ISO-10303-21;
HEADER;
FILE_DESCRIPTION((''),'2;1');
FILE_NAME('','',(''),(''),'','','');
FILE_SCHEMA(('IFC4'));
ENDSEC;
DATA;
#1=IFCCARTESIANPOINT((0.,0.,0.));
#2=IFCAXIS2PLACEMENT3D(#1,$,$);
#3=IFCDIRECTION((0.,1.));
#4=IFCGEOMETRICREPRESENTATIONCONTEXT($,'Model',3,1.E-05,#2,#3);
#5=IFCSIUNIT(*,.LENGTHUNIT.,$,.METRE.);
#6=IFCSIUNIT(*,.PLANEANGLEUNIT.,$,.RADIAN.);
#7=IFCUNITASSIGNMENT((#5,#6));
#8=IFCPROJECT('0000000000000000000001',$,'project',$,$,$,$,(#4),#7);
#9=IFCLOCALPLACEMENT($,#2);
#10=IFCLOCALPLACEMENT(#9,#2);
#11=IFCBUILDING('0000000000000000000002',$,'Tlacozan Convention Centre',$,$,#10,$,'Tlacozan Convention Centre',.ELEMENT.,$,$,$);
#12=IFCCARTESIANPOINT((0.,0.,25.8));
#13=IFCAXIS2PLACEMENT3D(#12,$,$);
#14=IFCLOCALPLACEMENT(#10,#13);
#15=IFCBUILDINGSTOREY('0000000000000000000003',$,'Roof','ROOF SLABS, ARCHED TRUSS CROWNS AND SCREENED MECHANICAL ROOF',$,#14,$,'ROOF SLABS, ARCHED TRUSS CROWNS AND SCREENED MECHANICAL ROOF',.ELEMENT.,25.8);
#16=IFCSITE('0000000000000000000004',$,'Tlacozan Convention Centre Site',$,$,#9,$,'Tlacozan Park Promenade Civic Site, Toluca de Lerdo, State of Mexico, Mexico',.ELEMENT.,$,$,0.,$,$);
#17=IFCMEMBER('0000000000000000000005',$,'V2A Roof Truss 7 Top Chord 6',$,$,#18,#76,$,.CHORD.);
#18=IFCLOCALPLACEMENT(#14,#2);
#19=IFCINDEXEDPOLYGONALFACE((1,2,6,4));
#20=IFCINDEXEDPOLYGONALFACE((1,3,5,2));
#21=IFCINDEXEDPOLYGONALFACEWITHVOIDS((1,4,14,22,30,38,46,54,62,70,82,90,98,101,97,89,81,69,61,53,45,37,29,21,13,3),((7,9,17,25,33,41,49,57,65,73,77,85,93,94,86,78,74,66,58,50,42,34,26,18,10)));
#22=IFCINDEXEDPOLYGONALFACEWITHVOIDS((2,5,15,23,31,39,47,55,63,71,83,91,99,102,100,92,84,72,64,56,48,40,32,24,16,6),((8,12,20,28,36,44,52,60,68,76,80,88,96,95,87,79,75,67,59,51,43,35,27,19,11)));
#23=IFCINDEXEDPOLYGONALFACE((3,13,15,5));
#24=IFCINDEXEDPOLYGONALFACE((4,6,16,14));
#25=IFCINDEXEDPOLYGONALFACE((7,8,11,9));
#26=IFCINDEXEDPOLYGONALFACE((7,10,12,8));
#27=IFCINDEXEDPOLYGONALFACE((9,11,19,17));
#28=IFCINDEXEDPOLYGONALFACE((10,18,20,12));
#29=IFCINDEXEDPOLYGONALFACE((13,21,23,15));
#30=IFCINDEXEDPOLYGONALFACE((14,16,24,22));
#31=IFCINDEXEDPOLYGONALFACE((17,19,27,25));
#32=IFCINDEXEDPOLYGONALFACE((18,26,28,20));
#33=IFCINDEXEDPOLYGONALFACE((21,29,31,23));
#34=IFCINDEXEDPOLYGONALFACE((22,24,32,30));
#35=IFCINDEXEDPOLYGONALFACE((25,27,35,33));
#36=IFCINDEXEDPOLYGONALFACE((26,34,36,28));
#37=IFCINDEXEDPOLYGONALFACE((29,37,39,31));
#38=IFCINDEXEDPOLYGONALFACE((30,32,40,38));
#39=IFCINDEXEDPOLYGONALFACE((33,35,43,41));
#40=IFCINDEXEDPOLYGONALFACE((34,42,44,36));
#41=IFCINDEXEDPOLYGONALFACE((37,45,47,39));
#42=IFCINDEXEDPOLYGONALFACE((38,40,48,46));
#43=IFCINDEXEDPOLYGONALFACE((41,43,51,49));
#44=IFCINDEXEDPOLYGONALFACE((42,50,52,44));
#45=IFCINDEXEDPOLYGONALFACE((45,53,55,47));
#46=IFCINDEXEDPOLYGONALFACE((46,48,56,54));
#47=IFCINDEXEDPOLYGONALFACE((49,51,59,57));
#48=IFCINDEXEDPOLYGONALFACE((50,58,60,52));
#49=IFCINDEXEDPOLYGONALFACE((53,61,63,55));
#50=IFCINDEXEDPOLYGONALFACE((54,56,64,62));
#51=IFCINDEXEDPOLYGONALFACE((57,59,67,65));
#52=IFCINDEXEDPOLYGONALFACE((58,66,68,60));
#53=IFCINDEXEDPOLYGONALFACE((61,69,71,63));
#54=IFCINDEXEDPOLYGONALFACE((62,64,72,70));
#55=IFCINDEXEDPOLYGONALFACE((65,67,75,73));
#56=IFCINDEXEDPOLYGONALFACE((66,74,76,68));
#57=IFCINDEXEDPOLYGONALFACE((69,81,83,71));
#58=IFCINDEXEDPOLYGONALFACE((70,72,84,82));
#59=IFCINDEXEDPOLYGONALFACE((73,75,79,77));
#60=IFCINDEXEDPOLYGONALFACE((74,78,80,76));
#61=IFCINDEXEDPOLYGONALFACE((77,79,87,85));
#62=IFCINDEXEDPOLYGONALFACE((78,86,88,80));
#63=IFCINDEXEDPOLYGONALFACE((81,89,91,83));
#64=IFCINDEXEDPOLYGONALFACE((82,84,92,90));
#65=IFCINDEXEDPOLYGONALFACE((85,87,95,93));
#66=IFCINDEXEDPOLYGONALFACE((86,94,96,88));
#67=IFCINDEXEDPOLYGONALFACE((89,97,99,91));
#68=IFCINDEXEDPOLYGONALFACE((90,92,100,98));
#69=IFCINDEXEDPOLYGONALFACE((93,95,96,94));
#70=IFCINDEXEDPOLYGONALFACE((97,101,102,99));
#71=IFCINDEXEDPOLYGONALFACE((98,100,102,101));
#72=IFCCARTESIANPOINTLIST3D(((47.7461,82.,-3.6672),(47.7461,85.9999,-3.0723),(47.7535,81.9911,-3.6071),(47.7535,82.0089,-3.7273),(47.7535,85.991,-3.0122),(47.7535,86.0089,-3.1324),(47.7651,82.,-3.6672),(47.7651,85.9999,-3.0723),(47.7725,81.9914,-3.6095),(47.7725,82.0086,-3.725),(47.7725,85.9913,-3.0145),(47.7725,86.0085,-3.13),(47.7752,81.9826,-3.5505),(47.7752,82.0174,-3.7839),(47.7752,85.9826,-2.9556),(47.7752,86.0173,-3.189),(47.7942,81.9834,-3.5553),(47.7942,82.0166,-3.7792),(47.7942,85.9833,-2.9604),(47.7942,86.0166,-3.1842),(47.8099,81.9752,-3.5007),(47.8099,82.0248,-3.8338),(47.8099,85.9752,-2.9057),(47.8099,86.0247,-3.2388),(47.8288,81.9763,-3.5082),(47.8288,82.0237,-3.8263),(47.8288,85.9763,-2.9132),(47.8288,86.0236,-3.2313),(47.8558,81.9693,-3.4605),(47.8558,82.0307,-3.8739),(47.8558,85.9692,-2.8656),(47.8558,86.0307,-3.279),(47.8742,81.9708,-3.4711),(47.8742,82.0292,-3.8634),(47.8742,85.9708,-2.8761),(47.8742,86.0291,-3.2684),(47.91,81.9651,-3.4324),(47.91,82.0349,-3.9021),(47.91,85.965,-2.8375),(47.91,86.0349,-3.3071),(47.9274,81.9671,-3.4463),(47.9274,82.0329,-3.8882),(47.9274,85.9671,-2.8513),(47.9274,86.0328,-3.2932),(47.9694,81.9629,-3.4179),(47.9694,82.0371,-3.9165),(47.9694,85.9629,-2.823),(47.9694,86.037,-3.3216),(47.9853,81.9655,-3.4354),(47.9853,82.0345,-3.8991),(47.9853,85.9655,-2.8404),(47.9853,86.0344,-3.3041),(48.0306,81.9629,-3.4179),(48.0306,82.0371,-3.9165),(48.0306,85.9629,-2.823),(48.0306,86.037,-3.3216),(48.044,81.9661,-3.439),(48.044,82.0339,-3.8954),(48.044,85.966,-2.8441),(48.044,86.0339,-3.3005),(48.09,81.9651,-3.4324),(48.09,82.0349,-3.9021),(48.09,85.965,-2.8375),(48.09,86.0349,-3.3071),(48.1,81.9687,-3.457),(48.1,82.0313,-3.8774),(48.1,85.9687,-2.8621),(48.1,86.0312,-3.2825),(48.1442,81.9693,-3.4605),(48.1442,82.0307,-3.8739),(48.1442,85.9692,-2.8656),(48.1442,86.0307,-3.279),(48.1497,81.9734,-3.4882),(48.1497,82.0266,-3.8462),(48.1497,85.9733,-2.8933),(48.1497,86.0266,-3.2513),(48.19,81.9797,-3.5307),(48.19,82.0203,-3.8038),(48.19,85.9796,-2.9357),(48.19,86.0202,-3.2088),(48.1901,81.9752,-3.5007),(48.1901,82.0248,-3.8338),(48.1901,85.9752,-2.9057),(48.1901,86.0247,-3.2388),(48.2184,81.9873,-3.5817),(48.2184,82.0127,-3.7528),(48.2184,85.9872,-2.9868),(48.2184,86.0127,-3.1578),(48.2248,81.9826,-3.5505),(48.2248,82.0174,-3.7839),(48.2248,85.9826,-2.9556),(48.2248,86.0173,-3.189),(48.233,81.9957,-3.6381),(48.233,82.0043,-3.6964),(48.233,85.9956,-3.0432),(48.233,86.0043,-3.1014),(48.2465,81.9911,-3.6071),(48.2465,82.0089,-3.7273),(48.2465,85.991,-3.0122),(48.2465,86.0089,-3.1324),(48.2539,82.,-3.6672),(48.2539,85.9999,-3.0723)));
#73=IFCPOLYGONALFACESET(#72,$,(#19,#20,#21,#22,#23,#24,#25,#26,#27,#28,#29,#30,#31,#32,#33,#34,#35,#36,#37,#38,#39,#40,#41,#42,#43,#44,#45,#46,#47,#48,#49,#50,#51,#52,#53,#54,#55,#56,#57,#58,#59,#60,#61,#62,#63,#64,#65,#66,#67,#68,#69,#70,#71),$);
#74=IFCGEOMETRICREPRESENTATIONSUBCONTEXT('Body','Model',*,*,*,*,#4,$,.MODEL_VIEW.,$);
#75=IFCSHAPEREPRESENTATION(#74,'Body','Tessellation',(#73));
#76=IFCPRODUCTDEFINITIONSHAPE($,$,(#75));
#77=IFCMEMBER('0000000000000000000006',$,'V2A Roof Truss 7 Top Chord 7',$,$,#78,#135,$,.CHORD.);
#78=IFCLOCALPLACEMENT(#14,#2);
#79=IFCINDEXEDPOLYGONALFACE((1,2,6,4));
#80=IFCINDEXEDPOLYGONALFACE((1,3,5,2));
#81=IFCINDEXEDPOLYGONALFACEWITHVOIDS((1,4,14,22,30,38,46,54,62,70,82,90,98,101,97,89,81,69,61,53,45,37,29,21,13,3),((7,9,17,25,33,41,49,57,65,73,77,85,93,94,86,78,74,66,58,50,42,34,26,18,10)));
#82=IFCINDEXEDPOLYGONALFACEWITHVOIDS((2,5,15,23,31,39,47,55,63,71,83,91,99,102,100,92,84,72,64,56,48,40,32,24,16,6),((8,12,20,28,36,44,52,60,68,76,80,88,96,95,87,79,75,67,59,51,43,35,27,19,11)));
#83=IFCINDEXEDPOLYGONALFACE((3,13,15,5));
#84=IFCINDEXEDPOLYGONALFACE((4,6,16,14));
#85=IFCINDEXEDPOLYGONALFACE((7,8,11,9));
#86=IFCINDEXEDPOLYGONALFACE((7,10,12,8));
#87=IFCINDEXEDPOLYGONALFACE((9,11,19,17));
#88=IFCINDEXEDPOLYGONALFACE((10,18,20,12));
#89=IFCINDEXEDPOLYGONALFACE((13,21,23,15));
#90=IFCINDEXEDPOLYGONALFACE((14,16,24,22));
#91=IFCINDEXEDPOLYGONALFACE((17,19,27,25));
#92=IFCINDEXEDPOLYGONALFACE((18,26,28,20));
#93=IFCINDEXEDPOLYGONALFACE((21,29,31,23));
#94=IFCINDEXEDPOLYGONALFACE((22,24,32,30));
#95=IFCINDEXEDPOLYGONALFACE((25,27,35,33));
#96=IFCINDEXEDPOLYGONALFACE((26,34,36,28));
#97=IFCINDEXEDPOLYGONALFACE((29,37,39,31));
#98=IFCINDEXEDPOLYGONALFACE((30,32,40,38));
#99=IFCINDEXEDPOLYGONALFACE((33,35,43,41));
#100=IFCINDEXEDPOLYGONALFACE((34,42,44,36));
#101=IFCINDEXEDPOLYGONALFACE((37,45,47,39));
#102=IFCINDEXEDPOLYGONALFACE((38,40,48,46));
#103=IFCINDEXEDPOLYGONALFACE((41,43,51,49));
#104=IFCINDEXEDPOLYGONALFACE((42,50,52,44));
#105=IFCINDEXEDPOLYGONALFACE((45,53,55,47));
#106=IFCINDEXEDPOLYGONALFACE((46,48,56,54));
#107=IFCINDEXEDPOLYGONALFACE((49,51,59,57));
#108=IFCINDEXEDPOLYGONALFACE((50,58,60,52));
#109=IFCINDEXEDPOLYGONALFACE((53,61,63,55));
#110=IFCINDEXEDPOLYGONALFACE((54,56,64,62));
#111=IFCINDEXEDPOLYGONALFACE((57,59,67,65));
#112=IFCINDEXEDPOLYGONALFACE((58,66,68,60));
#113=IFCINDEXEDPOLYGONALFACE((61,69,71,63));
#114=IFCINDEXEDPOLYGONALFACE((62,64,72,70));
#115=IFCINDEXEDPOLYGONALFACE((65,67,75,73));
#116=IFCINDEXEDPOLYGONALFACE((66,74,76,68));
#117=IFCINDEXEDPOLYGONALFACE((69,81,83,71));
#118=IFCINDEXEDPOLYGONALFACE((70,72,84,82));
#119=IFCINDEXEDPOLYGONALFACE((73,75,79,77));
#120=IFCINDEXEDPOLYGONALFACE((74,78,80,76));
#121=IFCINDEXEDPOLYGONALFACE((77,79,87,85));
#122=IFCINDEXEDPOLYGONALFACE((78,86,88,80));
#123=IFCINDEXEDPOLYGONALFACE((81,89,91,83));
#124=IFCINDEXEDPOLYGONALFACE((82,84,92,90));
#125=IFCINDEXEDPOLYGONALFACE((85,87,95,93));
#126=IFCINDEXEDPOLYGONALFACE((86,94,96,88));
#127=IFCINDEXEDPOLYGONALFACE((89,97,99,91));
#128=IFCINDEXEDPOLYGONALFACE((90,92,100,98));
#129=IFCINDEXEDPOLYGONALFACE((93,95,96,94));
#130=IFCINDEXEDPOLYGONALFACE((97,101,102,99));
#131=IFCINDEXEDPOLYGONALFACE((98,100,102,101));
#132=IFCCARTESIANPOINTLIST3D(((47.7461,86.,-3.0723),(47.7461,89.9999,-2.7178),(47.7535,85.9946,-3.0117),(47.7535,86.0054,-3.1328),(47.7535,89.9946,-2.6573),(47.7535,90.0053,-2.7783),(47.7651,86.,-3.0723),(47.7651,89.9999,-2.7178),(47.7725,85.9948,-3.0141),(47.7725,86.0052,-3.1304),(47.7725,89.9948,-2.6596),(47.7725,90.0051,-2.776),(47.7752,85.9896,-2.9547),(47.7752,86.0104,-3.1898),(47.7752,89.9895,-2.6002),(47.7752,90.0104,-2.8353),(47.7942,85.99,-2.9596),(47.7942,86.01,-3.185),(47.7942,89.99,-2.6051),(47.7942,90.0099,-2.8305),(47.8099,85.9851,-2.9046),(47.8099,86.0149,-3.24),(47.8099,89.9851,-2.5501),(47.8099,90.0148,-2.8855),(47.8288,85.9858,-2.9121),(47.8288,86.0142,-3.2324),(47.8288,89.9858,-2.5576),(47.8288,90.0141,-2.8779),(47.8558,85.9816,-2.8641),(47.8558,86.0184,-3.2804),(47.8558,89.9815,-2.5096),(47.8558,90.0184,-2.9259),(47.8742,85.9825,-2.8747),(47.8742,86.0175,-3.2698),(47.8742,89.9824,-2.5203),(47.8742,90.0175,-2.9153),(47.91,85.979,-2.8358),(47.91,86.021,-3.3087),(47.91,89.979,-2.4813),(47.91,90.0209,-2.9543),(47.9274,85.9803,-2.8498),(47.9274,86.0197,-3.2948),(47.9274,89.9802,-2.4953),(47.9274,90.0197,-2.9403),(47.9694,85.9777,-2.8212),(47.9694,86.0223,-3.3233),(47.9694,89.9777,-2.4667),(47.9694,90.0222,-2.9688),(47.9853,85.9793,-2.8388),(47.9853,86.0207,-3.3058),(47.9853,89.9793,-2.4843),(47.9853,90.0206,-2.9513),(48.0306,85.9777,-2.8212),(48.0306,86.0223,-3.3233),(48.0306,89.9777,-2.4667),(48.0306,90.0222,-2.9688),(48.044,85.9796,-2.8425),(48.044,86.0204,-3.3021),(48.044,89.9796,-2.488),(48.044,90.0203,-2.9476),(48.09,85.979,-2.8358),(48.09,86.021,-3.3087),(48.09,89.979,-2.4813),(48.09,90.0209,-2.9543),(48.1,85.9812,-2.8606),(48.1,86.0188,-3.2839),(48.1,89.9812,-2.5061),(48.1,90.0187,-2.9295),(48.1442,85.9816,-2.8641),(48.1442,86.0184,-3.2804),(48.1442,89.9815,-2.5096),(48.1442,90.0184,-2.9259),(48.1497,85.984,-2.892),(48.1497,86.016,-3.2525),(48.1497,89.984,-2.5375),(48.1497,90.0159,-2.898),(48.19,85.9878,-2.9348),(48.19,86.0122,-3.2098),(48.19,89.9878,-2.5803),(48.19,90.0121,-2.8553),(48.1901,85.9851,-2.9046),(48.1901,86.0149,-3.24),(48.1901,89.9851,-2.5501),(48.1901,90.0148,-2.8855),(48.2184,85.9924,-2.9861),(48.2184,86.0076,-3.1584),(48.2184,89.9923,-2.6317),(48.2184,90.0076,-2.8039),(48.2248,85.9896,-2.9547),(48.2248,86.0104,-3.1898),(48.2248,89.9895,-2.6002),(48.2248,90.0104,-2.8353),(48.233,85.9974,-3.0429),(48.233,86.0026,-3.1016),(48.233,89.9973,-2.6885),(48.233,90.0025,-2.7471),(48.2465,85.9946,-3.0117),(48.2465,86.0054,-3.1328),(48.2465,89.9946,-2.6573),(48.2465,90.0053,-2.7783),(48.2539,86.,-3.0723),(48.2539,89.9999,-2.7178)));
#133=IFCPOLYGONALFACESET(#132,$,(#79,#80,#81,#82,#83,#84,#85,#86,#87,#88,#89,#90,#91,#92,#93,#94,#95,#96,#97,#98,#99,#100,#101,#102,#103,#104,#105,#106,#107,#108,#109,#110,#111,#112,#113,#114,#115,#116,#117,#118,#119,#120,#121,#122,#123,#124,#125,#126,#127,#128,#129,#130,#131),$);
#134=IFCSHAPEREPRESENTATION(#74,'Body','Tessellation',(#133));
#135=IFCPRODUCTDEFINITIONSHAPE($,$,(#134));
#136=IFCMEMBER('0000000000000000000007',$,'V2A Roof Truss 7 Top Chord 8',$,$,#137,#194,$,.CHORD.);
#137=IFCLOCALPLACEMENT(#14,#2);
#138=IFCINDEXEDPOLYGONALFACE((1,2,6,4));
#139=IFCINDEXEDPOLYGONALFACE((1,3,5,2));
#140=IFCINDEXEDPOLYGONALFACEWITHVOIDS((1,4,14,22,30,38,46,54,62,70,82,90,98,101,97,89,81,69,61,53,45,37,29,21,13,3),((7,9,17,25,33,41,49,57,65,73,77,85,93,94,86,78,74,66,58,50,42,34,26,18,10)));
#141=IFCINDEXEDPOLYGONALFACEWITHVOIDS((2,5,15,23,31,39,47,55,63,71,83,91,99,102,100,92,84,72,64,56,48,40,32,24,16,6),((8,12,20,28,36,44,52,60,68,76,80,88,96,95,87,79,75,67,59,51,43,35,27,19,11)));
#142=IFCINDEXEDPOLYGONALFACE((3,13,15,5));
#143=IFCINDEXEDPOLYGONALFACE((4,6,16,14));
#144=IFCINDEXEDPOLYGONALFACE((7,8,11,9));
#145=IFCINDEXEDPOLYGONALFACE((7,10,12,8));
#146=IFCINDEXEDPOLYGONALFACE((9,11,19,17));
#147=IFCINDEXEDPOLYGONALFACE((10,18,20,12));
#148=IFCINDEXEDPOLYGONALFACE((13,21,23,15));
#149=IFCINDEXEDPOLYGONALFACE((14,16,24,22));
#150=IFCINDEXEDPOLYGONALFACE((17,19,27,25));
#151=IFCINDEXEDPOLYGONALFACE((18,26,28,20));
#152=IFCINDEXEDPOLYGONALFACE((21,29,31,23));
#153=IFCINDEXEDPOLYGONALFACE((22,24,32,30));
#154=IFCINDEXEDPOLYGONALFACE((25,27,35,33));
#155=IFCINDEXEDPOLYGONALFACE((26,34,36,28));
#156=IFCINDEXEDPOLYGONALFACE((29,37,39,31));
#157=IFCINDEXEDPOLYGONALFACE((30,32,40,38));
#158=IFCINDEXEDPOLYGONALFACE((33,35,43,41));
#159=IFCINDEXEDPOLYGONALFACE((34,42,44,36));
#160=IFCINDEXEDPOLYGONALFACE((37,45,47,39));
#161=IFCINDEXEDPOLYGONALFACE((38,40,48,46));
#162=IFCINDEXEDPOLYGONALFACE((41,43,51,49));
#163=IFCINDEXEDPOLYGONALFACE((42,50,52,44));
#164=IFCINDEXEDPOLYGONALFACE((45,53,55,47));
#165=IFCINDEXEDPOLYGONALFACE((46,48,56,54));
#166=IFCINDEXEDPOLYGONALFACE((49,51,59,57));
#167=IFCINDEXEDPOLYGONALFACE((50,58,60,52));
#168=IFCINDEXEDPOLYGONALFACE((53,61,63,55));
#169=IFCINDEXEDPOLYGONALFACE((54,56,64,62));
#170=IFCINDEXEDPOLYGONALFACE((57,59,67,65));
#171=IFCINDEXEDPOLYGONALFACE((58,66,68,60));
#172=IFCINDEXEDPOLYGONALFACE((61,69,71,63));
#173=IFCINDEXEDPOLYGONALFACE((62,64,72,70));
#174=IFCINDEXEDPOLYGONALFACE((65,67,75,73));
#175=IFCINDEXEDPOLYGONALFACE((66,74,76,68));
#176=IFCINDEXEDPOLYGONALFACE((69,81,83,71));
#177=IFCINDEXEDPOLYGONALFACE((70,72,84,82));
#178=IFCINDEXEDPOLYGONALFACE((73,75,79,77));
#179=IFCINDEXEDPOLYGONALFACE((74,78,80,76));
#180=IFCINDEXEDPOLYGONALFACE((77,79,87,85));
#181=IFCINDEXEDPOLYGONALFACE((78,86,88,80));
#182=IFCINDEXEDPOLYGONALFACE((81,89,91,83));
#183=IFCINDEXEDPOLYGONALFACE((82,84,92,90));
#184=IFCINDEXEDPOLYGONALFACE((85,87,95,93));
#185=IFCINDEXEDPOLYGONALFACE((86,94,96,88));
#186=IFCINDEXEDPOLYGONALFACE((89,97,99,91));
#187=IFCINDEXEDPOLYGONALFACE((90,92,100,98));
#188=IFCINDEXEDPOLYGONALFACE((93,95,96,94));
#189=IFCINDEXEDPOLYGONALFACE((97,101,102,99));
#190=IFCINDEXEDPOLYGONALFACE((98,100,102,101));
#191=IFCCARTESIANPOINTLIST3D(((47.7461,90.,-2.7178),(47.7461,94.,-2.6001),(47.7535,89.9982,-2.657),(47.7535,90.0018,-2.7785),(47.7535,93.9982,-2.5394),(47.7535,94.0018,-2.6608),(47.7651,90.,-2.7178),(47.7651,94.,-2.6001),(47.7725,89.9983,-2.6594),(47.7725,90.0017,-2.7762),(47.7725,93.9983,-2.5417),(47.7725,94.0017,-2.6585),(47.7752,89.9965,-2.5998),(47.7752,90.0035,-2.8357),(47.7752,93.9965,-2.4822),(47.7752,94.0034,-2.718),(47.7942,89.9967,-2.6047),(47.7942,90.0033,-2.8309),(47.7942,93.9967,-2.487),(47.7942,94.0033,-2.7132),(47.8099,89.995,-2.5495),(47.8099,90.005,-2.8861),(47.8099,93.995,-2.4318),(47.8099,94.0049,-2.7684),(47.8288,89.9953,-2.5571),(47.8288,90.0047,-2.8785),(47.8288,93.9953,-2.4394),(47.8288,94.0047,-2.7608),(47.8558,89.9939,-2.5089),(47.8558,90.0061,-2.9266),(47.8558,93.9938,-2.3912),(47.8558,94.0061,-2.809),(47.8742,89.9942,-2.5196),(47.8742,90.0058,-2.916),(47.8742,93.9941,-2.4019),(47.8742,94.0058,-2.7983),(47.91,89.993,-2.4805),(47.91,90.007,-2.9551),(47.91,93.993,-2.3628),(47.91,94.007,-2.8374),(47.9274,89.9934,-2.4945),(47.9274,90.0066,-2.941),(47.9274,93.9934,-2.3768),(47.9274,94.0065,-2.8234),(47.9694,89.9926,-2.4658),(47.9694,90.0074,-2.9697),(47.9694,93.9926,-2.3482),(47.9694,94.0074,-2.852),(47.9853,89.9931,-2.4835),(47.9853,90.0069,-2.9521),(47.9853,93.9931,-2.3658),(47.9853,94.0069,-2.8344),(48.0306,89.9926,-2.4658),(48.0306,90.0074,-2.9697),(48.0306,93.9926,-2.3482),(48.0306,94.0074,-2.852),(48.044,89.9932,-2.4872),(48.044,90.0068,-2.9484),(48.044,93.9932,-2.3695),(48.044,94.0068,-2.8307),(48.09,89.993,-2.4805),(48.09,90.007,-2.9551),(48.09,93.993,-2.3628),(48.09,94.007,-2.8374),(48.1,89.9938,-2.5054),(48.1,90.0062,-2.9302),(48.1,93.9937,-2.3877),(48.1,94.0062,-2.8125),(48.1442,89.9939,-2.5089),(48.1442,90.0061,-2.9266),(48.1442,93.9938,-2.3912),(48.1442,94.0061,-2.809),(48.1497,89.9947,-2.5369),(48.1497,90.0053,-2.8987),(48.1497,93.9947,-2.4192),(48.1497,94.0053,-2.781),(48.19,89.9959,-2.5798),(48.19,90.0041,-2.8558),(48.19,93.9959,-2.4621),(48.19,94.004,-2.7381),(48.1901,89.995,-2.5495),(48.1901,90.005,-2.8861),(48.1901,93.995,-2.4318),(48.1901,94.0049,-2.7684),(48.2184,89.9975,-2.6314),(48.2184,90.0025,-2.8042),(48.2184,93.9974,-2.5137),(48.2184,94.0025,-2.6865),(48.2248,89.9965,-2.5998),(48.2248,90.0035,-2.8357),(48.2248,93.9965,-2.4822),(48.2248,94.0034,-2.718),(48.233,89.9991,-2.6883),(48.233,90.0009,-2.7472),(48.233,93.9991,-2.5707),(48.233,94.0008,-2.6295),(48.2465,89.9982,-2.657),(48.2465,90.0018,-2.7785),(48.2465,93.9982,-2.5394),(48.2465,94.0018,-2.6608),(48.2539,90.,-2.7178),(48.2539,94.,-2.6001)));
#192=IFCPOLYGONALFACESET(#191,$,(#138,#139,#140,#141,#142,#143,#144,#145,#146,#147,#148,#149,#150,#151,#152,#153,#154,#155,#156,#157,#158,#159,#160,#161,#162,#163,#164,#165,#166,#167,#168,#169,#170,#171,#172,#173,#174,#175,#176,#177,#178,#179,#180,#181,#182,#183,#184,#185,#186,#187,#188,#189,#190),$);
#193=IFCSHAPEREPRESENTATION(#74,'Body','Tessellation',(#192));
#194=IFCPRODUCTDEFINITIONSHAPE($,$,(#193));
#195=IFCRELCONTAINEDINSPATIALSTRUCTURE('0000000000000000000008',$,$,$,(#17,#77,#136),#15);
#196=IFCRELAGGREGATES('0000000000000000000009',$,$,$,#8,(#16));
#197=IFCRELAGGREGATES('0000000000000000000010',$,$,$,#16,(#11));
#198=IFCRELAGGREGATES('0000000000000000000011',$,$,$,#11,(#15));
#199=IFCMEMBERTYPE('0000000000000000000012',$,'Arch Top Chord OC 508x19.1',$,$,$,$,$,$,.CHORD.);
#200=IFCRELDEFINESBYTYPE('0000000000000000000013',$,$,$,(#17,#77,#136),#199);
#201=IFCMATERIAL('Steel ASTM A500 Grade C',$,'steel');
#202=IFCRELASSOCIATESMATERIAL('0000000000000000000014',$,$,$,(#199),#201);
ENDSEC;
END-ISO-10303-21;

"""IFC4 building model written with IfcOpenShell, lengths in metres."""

from ifc_helpers import new_model, si_unit, direction, frame, origin, origin_2d, place, context, subcontext, project, spatial, hollow_circle, extrude, material, material_profile, profile_set, type_object, element, save


model = new_model("IFC4")

# Units and contexts
model_context = context("Model", 3, precision=1e-05, world=origin(), true_north=direction((0.0, 1.0)))
body_context = subcontext(model_context, "Body", "Model", "MODEL_VIEW")
ifc_project = project(units=[si_unit("LENGTHUNIT", "METRE"), si_unit("PLANEANGLEUNIT", "RADIAN")], contexts=[model_context])

# Site, building, storey
site_placement = place(None, origin())
site = spatial("IfcSite", under=ifc_project, at=site_placement, Name="Tlacozan Convention Centre Site", LongName="Tlacozan Park Promenade Civic Site, Toluca de Lerdo, State of Mexico, Mexico", CompositionType="ELEMENT", RefElevation=0.0)
building_placement = place(site_placement, origin())
building = spatial("IfcBuilding", under=site, at=building_placement, Name="Tlacozan Convention Centre", LongName="Tlacozan Convention Centre", CompositionType="ELEMENT")
storey_placement = place(building_placement, frame((0.0, 0.0, 25.8)))
storey = spatial("IfcBuildingStorey", under=building, at=storey_placement, Name="Roof", Description="ROOF SLABS, ARCHED TRUSS CROWNS AND SCREENED MECHANICAL ROOF", LongName="ROOF SLABS, ARCHED TRUSS CROWNS AND SCREENED MECHANICAL ROOF", CompositionType="ELEMENT", Elevation=25.8)

# Members
ifc_material_1 = material(Name="Steel ASTM A500 Grade C", Category="steel")
ifc_material_profile_1 = material_profile(ifc_material_1, hollow_circle(Radius=0.2539, WallThickness=0.019, at=origin_2d()), Name="OC 508.0x19.1")
ifc_profile_set_1 = profile_set([ifc_material_profile_1], Name="Steel ASTM A500 Grade C")
member_type_1 = type_object("IfcMemberType", Name="Arch Top Chord OC 508x19.1", PredefinedType="CHORD", material=ifc_profile_set_1)
member_1_placement = place(storey_placement, frame((48.0, 82.0, -3.6672), z_axis=(0.0, 0.989118, 0.147124), x_axis=(-1.0, 0.0, 0.0)))
element("IfcMember", 1, at=member_1_placement, inside=storey, type_object=member_type_1, Name="V2A Roof Truss 7 Top Chord 6", PredefinedType="CHORD", context=body_context, shape_type="SweptSolid", body=[
    extrude(hollow_circle(Radius=0.2539, WallThickness=0.019, at=origin_2d()), origin(), (0.0, 0.0, 1.0), 4.0439),
])
member_2_placement = place(storey_placement, frame((48.0, 86.0, -3.0723), z_axis=(0.0, 0.996096, 0.088277), x_axis=(-1.0, 0.0, 0.0)))
element("IfcMember", 2, at=member_2_placement, inside=storey, type_object=member_type_1, Name="V2A Roof Truss 7 Top Chord 7", PredefinedType="CHORD", context=body_context, shape_type="SweptSolid", body=[
    extrude(hollow_circle(Radius=0.2539, WallThickness=0.019, at=origin_2d()), origin(), (0.0, 0.0, 1.0), 4.0156),
])
member_3_placement = place(storey_placement, frame((48.0, 90.0, -2.7178), z_axis=(0.0, 0.999568, 0.029406), x_axis=(-1.0, 0.0, 0.0)))
element("IfcMember", 3, at=member_3_placement, inside=storey, type_object=member_type_1, Name="V2A Roof Truss 7 Top Chord 8", PredefinedType="CHORD", context=body_context, shape_type="SweptSolid", body=[
    extrude(hollow_circle(Radius=0.2539, WallThickness=0.019, at=origin_2d()), origin(), (0.0, 0.0, 1.0), 4.0017),
])

save(model, "model.ifc")
